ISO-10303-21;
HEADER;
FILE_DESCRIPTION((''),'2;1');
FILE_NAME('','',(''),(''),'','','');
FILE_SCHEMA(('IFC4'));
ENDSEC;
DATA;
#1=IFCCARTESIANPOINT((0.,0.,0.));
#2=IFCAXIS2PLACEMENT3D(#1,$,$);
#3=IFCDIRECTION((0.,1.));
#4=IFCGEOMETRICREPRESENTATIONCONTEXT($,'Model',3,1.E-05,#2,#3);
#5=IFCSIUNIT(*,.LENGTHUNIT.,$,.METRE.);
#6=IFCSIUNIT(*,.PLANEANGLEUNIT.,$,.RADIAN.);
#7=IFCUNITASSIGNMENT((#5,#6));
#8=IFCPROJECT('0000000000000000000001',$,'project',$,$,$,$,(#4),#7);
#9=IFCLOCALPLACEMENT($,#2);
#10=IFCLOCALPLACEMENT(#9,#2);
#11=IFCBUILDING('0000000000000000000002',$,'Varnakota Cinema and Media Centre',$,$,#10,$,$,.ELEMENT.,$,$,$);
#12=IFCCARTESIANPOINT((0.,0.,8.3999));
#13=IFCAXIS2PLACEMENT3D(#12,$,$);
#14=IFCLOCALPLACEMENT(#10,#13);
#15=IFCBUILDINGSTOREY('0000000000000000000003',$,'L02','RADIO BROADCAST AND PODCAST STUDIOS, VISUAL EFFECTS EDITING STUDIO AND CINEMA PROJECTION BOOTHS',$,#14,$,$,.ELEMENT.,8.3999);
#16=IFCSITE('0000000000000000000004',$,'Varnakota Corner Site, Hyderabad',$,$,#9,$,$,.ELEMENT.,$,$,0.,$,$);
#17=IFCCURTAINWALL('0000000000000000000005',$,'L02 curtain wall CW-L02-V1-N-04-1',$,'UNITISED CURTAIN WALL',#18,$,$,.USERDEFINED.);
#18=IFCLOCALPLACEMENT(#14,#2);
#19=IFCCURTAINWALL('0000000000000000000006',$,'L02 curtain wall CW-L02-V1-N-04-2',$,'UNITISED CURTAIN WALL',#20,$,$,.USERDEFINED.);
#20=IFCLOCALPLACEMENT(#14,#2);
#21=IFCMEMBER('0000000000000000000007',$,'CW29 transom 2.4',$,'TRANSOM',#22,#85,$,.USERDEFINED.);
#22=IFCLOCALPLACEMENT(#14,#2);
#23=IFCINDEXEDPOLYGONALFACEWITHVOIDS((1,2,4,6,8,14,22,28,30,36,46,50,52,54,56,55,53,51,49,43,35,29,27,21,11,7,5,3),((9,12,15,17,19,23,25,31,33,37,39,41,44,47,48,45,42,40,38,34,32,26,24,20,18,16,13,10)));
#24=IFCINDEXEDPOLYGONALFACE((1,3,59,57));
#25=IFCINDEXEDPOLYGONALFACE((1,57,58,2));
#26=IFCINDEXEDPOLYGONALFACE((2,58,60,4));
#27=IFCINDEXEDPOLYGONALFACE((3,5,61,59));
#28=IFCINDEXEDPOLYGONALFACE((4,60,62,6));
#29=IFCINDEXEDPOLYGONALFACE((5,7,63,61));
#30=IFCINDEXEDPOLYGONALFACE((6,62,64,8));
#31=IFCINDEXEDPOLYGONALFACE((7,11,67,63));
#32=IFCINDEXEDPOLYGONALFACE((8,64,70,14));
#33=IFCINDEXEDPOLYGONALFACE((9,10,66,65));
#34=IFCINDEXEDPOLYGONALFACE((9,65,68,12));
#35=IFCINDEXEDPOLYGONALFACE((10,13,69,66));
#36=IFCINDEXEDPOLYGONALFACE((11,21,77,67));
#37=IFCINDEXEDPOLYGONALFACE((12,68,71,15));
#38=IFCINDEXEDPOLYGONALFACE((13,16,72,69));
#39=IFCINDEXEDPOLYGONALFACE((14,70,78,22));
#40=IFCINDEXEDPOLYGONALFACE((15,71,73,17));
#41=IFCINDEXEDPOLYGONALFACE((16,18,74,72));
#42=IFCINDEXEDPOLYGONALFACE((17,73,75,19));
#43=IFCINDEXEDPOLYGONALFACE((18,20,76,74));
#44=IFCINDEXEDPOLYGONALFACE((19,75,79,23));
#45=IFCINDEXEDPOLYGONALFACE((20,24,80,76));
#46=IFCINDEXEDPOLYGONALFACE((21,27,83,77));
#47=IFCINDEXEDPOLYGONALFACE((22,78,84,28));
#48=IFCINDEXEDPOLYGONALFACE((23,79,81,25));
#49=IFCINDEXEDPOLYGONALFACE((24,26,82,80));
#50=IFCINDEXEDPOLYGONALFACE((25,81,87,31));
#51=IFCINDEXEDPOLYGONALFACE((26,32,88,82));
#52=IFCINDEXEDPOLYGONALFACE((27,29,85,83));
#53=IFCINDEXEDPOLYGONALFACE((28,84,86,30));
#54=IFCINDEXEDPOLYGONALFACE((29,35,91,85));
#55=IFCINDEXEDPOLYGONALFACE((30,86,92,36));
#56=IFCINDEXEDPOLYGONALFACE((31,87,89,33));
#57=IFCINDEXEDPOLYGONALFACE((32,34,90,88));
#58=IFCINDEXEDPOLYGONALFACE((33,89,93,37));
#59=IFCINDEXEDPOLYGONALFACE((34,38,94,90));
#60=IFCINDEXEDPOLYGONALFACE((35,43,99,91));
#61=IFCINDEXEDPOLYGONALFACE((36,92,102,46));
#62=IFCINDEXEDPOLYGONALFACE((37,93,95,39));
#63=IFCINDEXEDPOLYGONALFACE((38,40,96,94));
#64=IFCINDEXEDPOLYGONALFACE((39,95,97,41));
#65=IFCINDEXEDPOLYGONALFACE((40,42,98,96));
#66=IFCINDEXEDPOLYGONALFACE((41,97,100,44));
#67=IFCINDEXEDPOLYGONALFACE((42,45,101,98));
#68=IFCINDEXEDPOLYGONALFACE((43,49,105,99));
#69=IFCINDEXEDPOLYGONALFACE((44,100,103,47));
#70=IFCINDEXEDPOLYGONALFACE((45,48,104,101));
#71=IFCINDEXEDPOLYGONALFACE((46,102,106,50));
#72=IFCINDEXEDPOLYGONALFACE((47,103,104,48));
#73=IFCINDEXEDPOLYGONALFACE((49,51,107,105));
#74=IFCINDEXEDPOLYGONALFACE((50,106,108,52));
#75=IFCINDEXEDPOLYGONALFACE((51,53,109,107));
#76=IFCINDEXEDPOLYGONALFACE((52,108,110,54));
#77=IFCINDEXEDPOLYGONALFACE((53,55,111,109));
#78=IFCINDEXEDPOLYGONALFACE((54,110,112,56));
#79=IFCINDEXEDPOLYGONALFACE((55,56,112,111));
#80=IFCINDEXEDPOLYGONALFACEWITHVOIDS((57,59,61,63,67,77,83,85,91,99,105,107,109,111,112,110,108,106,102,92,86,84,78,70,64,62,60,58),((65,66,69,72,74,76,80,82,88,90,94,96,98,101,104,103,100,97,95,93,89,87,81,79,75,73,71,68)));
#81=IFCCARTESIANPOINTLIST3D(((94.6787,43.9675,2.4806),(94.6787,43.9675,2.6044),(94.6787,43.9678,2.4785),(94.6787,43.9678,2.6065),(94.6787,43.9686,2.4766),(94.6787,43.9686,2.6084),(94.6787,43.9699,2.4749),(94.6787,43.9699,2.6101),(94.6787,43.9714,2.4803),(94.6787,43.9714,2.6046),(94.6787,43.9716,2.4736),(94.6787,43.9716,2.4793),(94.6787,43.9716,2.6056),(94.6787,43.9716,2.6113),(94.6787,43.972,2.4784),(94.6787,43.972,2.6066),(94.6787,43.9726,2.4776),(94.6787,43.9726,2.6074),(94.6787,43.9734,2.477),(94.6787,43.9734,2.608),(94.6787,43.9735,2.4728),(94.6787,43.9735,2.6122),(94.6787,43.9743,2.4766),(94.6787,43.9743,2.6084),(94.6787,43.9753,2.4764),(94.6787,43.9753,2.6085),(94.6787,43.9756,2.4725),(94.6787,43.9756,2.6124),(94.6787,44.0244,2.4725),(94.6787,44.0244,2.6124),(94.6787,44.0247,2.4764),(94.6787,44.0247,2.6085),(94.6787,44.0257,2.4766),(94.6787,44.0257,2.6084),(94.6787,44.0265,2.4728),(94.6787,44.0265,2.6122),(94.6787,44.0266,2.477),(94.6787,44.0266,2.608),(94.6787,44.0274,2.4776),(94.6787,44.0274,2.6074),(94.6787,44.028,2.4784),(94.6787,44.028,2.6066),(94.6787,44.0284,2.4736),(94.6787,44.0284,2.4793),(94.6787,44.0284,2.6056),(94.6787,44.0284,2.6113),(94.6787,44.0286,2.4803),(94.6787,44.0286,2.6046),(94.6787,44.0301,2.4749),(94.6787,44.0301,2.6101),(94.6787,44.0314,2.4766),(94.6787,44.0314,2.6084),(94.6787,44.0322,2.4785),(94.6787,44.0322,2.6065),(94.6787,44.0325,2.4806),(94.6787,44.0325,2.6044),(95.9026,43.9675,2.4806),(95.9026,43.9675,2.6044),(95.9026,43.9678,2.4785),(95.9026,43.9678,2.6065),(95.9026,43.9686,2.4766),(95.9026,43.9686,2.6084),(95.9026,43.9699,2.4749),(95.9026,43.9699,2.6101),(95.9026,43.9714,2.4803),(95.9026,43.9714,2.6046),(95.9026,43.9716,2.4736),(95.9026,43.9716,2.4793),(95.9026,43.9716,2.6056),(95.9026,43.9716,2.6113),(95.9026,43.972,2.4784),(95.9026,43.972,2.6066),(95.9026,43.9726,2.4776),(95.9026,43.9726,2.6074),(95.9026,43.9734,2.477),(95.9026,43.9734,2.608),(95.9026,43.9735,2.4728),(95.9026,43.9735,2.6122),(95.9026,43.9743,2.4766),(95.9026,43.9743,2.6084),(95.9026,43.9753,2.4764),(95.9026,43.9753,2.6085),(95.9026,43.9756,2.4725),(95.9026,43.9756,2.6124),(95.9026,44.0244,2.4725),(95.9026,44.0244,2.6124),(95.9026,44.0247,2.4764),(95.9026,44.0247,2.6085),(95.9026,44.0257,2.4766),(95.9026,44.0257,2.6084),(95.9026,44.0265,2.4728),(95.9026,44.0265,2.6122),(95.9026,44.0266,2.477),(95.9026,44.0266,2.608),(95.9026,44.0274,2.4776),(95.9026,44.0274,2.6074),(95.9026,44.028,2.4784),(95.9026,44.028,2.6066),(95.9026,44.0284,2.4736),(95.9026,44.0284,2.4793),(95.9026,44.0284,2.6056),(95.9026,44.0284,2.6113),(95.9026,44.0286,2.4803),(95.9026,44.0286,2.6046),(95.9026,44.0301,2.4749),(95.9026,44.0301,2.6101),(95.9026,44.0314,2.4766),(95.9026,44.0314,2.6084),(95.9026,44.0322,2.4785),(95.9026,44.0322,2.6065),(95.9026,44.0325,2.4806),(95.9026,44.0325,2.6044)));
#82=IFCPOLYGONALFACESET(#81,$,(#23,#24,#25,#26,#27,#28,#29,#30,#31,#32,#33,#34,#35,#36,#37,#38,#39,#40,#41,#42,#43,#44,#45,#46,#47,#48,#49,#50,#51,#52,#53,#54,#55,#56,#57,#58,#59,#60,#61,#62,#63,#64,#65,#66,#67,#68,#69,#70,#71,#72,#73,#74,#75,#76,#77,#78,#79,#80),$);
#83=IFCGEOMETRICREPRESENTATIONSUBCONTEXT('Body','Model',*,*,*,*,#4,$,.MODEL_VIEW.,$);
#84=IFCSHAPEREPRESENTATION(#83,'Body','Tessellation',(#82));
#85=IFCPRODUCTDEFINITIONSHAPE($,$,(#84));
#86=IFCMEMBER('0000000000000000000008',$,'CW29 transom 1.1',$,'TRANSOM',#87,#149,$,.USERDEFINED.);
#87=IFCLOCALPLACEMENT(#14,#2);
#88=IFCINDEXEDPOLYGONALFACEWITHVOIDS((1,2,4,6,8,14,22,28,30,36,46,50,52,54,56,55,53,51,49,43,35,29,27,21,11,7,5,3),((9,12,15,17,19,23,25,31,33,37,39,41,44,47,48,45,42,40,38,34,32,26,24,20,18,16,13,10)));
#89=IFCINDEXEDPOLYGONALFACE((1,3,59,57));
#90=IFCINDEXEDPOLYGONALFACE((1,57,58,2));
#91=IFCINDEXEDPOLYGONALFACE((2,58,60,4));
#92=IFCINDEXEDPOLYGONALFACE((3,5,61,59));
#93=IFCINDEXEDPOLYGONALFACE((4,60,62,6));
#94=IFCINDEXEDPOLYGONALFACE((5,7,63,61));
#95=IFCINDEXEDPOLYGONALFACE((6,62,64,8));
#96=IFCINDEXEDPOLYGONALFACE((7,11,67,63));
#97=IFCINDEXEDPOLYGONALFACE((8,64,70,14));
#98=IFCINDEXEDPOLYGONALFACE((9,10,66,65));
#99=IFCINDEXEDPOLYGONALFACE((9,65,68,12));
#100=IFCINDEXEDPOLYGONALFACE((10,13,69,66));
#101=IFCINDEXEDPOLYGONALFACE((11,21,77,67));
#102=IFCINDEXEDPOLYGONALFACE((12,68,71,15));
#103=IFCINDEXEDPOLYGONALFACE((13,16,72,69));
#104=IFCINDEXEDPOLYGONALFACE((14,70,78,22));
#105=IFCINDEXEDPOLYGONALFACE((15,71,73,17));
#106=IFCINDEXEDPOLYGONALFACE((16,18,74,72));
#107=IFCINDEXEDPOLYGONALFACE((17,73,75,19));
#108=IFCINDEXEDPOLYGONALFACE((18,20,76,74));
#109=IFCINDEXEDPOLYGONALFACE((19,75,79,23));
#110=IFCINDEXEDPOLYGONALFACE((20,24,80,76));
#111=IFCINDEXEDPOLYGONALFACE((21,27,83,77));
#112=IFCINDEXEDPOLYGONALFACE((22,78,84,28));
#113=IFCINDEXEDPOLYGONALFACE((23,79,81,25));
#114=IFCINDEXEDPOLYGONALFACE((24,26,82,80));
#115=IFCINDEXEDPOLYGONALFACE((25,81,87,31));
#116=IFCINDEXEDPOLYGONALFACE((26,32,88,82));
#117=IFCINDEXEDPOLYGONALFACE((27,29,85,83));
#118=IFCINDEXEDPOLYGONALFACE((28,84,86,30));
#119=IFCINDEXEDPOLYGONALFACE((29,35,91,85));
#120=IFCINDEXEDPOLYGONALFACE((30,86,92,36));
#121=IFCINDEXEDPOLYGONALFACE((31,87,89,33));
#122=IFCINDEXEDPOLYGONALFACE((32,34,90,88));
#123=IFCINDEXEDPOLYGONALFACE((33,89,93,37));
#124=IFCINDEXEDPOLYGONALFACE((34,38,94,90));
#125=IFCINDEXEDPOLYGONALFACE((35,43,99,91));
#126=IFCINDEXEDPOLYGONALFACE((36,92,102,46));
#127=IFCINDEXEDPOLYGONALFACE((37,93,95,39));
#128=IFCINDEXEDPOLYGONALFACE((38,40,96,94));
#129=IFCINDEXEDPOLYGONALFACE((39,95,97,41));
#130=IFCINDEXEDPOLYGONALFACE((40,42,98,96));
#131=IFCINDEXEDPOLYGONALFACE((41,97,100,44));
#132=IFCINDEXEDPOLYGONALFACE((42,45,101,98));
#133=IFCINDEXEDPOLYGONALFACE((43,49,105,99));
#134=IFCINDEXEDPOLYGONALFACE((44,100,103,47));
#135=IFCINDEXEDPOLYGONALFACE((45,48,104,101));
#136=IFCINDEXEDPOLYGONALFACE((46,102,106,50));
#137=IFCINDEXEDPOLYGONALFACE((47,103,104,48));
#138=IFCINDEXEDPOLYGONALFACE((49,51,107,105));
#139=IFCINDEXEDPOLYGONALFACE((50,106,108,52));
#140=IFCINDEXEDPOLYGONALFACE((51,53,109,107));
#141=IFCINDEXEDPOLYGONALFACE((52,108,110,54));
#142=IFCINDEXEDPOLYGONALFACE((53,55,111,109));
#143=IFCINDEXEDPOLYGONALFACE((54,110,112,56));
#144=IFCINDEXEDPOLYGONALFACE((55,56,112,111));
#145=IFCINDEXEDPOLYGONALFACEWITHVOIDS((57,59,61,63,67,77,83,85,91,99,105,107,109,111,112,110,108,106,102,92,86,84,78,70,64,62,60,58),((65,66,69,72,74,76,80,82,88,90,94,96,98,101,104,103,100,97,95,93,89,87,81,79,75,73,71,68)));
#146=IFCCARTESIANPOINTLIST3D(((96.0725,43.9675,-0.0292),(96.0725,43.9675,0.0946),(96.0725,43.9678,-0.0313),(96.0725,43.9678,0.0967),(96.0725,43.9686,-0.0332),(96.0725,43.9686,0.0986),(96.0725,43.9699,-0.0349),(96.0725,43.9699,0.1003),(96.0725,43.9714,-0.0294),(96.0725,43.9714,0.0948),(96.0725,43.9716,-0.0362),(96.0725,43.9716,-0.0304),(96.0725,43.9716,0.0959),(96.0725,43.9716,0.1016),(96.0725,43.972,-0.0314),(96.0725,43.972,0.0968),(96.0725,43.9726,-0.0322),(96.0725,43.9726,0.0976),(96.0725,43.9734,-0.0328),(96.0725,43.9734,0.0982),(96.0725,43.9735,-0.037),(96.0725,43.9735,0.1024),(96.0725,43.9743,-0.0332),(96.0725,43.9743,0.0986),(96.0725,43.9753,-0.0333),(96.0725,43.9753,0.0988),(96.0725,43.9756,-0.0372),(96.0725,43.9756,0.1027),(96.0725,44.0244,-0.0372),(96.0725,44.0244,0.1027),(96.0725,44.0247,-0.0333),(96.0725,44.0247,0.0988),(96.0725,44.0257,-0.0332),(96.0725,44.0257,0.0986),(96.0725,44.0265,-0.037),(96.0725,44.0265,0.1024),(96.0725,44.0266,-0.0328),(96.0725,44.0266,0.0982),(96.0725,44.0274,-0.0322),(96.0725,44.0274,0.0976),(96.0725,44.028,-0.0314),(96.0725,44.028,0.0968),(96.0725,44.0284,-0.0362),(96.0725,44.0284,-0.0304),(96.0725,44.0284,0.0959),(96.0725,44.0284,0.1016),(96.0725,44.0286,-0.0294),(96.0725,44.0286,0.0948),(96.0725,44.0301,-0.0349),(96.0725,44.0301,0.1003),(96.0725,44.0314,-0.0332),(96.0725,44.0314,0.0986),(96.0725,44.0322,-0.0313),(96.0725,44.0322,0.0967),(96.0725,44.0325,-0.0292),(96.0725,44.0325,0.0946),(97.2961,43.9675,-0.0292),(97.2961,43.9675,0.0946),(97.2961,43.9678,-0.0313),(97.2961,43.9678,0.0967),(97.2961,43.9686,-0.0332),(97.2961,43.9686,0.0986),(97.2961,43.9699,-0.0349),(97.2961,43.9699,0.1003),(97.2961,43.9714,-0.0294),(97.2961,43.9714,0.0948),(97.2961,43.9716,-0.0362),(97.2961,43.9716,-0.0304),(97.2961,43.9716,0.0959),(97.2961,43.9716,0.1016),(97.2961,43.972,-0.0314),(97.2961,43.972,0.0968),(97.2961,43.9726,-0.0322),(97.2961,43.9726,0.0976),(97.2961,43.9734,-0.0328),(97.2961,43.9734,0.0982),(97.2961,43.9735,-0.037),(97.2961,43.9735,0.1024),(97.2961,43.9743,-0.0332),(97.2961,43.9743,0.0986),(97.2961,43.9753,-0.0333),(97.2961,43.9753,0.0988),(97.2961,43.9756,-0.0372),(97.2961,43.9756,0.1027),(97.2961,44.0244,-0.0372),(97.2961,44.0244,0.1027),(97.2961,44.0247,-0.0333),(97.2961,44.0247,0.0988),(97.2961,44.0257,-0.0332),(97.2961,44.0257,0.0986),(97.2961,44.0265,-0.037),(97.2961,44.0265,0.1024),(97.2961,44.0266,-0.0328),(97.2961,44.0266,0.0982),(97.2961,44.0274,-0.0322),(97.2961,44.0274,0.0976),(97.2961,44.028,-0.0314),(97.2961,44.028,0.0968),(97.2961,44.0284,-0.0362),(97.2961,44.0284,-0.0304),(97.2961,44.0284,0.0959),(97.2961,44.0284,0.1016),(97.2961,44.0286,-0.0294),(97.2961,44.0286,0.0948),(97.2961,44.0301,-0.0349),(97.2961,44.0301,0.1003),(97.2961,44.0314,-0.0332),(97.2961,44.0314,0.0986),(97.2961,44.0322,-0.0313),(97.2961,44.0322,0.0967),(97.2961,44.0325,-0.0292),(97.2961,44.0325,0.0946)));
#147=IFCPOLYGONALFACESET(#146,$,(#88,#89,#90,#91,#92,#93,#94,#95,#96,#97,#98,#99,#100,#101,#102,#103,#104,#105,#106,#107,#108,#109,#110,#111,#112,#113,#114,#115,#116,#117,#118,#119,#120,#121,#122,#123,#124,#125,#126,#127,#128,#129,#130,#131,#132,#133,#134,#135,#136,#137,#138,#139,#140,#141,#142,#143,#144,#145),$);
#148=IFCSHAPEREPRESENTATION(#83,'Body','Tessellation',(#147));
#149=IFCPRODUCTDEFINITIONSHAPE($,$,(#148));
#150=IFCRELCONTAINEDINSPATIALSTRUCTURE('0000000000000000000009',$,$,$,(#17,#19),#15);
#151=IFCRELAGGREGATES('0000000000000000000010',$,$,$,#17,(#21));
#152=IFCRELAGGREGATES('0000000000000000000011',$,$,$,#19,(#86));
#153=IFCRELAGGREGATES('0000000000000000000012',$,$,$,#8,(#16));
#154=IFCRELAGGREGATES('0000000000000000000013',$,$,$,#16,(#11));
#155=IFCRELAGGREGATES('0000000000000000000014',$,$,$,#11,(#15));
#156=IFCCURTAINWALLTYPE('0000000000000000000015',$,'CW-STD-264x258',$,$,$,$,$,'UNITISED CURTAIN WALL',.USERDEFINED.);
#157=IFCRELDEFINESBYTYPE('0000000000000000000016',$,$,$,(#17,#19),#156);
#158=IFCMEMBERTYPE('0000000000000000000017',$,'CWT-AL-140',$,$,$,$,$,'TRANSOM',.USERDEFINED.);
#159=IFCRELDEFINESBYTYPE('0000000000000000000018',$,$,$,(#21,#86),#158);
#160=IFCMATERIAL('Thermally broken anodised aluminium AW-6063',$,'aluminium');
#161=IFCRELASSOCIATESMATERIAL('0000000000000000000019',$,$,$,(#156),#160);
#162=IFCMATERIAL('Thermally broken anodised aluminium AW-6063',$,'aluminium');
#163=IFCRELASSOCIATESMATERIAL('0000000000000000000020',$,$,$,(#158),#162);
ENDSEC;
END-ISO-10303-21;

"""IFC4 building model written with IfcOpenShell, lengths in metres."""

from ifc_helpers import new_model, si_unit, direction, frame, origin, origin_2d, place, context, subcontext, project, spatial, hollow_rectangle, extrude, material, material_profile, profile_set, type_object, element, aggregate, save


model = new_model("IFC4")

# Units and contexts
model_context = context("Model", 3, precision=1e-05, world=origin(), true_north=direction((0.0, 1.0)))
body_context = subcontext(model_context, "Body", "Model", "MODEL_VIEW")
ifc_project = project(units=[si_unit("LENGTHUNIT", "METRE"), si_unit("PLANEANGLEUNIT", "RADIAN")], contexts=[model_context])

# Site, building, storey
site_placement = place(None, origin())
site = spatial("IfcSite", under=ifc_project, at=site_placement, Name="Varnakota Corner Site, Hyderabad", CompositionType="ELEMENT", RefElevation=0.0)
building_placement = place(site_placement, origin())
building = spatial("IfcBuilding", under=site, at=building_placement, Name="Varnakota Cinema and Media Centre", CompositionType="ELEMENT")
storey_placement = place(building_placement, frame((0.0, 0.0, 8.3999)))
storey = spatial("IfcBuildingStorey", under=building, at=storey_placement, Name="L02", Description="RADIO BROADCAST AND PODCAST STUDIOS, VISUAL EFFECTS EDITING STUDIO AND CINEMA PROJECTION BOOTHS", CompositionType="ELEMENT", Elevation=8.3999)

# Curtain wall
ifc_material_1 = material(Name="Thermally broken anodised aluminium AW-6063", Category="aluminium")
curtain_wall_type = type_object("IfcCurtainWallType", Name="CW-STD-264x258", ElementType="UNITISED CURTAIN WALL", PredefinedType="USERDEFINED", material=ifc_material_1)
curtain_wall_1_placement = place(storey_placement, origin())
curtain_wall_1 = element("IfcCurtainWall", 1, at=curtain_wall_1_placement, inside=storey, type_object=curtain_wall_type, Name="L02 curtain wall CW-L02-V1-N-04-1", ObjectType="UNITISED CURTAIN WALL", PredefinedType="USERDEFINED")

# Curtain wall
curtain_wall_2_placement = place(storey_placement, origin())
curtain_wall_2 = element("IfcCurtainWall", 2, at=curtain_wall_2_placement, inside=storey, type_object=curtain_wall_type, Name="L02 curtain wall CW-L02-V1-N-04-2", ObjectType="UNITISED CURTAIN WALL", PredefinedType="USERDEFINED")

# Members
ifc_material_2 = material(Name="Thermally broken anodised aluminium AW-6063", Category="aluminium")
ifc_material_profile_1 = material_profile(ifc_material_2, hollow_rectangle(XDim=0.0649, YDim=0.1399, WallThickness=0.0039, InnerFilletRadius=0.0039, OuterFilletRadius=0.0081, at=origin_2d()), Name="AL-TRANSOM 140x65x4")
ifc_profile_set_1 = profile_set([ifc_material_profile_1], Name="Thermally broken anodised aluminium AW-6063")
member_type_1 = type_object("IfcMemberType", Name="CWT-AL-140", ElementType="TRANSOM", PredefinedType="USERDEFINED", material=ifc_profile_set_1)
member_1_placement = place(storey_placement, frame((94.6787, 44.0, 2.5425), z_axis=(1.0, 0.0, 0.0), x_axis=(0.0, 1.0, 0.0)))
member_1 = element("IfcMember", 3, at=member_1_placement, type_object=member_type_1, Name="CW29 transom 2.4", ObjectType="TRANSOM", PredefinedType="USERDEFINED", context=body_context, shape_type="SweptSolid", body=[
    extrude(hollow_rectangle(XDim=0.0649, YDim=0.1399, WallThickness=0.0039, InnerFilletRadius=0.0039, OuterFilletRadius=0.0081, at=origin_2d()), origin(), (0.0, 0.0, 1.0), 1.2239),
])
member_2_placement = place(storey_placement, frame((96.0725, 44.0, 0.0327), z_axis=(1.0, 0.0, 0.0), x_axis=(0.0, 1.0, 0.0)))
member_2 = element("IfcMember", 4, at=member_2_placement, type_object=member_type_1, Name="CW29 transom 1.1", ObjectType="TRANSOM", PredefinedType="USERDEFINED", context=body_context, shape_type="SweptSolid", body=[
    extrude(hollow_rectangle(XDim=0.0649, YDim=0.1399, WallThickness=0.0039, InnerFilletRadius=0.0039, OuterFilletRadius=0.0081, at=origin_2d()), origin(), (0.0, 0.0, 1.0), 1.2236),
])

aggregate(curtain_wall_1, [member_1])
aggregate(curtain_wall_2, [member_2])

save(model, "model.ifc")
